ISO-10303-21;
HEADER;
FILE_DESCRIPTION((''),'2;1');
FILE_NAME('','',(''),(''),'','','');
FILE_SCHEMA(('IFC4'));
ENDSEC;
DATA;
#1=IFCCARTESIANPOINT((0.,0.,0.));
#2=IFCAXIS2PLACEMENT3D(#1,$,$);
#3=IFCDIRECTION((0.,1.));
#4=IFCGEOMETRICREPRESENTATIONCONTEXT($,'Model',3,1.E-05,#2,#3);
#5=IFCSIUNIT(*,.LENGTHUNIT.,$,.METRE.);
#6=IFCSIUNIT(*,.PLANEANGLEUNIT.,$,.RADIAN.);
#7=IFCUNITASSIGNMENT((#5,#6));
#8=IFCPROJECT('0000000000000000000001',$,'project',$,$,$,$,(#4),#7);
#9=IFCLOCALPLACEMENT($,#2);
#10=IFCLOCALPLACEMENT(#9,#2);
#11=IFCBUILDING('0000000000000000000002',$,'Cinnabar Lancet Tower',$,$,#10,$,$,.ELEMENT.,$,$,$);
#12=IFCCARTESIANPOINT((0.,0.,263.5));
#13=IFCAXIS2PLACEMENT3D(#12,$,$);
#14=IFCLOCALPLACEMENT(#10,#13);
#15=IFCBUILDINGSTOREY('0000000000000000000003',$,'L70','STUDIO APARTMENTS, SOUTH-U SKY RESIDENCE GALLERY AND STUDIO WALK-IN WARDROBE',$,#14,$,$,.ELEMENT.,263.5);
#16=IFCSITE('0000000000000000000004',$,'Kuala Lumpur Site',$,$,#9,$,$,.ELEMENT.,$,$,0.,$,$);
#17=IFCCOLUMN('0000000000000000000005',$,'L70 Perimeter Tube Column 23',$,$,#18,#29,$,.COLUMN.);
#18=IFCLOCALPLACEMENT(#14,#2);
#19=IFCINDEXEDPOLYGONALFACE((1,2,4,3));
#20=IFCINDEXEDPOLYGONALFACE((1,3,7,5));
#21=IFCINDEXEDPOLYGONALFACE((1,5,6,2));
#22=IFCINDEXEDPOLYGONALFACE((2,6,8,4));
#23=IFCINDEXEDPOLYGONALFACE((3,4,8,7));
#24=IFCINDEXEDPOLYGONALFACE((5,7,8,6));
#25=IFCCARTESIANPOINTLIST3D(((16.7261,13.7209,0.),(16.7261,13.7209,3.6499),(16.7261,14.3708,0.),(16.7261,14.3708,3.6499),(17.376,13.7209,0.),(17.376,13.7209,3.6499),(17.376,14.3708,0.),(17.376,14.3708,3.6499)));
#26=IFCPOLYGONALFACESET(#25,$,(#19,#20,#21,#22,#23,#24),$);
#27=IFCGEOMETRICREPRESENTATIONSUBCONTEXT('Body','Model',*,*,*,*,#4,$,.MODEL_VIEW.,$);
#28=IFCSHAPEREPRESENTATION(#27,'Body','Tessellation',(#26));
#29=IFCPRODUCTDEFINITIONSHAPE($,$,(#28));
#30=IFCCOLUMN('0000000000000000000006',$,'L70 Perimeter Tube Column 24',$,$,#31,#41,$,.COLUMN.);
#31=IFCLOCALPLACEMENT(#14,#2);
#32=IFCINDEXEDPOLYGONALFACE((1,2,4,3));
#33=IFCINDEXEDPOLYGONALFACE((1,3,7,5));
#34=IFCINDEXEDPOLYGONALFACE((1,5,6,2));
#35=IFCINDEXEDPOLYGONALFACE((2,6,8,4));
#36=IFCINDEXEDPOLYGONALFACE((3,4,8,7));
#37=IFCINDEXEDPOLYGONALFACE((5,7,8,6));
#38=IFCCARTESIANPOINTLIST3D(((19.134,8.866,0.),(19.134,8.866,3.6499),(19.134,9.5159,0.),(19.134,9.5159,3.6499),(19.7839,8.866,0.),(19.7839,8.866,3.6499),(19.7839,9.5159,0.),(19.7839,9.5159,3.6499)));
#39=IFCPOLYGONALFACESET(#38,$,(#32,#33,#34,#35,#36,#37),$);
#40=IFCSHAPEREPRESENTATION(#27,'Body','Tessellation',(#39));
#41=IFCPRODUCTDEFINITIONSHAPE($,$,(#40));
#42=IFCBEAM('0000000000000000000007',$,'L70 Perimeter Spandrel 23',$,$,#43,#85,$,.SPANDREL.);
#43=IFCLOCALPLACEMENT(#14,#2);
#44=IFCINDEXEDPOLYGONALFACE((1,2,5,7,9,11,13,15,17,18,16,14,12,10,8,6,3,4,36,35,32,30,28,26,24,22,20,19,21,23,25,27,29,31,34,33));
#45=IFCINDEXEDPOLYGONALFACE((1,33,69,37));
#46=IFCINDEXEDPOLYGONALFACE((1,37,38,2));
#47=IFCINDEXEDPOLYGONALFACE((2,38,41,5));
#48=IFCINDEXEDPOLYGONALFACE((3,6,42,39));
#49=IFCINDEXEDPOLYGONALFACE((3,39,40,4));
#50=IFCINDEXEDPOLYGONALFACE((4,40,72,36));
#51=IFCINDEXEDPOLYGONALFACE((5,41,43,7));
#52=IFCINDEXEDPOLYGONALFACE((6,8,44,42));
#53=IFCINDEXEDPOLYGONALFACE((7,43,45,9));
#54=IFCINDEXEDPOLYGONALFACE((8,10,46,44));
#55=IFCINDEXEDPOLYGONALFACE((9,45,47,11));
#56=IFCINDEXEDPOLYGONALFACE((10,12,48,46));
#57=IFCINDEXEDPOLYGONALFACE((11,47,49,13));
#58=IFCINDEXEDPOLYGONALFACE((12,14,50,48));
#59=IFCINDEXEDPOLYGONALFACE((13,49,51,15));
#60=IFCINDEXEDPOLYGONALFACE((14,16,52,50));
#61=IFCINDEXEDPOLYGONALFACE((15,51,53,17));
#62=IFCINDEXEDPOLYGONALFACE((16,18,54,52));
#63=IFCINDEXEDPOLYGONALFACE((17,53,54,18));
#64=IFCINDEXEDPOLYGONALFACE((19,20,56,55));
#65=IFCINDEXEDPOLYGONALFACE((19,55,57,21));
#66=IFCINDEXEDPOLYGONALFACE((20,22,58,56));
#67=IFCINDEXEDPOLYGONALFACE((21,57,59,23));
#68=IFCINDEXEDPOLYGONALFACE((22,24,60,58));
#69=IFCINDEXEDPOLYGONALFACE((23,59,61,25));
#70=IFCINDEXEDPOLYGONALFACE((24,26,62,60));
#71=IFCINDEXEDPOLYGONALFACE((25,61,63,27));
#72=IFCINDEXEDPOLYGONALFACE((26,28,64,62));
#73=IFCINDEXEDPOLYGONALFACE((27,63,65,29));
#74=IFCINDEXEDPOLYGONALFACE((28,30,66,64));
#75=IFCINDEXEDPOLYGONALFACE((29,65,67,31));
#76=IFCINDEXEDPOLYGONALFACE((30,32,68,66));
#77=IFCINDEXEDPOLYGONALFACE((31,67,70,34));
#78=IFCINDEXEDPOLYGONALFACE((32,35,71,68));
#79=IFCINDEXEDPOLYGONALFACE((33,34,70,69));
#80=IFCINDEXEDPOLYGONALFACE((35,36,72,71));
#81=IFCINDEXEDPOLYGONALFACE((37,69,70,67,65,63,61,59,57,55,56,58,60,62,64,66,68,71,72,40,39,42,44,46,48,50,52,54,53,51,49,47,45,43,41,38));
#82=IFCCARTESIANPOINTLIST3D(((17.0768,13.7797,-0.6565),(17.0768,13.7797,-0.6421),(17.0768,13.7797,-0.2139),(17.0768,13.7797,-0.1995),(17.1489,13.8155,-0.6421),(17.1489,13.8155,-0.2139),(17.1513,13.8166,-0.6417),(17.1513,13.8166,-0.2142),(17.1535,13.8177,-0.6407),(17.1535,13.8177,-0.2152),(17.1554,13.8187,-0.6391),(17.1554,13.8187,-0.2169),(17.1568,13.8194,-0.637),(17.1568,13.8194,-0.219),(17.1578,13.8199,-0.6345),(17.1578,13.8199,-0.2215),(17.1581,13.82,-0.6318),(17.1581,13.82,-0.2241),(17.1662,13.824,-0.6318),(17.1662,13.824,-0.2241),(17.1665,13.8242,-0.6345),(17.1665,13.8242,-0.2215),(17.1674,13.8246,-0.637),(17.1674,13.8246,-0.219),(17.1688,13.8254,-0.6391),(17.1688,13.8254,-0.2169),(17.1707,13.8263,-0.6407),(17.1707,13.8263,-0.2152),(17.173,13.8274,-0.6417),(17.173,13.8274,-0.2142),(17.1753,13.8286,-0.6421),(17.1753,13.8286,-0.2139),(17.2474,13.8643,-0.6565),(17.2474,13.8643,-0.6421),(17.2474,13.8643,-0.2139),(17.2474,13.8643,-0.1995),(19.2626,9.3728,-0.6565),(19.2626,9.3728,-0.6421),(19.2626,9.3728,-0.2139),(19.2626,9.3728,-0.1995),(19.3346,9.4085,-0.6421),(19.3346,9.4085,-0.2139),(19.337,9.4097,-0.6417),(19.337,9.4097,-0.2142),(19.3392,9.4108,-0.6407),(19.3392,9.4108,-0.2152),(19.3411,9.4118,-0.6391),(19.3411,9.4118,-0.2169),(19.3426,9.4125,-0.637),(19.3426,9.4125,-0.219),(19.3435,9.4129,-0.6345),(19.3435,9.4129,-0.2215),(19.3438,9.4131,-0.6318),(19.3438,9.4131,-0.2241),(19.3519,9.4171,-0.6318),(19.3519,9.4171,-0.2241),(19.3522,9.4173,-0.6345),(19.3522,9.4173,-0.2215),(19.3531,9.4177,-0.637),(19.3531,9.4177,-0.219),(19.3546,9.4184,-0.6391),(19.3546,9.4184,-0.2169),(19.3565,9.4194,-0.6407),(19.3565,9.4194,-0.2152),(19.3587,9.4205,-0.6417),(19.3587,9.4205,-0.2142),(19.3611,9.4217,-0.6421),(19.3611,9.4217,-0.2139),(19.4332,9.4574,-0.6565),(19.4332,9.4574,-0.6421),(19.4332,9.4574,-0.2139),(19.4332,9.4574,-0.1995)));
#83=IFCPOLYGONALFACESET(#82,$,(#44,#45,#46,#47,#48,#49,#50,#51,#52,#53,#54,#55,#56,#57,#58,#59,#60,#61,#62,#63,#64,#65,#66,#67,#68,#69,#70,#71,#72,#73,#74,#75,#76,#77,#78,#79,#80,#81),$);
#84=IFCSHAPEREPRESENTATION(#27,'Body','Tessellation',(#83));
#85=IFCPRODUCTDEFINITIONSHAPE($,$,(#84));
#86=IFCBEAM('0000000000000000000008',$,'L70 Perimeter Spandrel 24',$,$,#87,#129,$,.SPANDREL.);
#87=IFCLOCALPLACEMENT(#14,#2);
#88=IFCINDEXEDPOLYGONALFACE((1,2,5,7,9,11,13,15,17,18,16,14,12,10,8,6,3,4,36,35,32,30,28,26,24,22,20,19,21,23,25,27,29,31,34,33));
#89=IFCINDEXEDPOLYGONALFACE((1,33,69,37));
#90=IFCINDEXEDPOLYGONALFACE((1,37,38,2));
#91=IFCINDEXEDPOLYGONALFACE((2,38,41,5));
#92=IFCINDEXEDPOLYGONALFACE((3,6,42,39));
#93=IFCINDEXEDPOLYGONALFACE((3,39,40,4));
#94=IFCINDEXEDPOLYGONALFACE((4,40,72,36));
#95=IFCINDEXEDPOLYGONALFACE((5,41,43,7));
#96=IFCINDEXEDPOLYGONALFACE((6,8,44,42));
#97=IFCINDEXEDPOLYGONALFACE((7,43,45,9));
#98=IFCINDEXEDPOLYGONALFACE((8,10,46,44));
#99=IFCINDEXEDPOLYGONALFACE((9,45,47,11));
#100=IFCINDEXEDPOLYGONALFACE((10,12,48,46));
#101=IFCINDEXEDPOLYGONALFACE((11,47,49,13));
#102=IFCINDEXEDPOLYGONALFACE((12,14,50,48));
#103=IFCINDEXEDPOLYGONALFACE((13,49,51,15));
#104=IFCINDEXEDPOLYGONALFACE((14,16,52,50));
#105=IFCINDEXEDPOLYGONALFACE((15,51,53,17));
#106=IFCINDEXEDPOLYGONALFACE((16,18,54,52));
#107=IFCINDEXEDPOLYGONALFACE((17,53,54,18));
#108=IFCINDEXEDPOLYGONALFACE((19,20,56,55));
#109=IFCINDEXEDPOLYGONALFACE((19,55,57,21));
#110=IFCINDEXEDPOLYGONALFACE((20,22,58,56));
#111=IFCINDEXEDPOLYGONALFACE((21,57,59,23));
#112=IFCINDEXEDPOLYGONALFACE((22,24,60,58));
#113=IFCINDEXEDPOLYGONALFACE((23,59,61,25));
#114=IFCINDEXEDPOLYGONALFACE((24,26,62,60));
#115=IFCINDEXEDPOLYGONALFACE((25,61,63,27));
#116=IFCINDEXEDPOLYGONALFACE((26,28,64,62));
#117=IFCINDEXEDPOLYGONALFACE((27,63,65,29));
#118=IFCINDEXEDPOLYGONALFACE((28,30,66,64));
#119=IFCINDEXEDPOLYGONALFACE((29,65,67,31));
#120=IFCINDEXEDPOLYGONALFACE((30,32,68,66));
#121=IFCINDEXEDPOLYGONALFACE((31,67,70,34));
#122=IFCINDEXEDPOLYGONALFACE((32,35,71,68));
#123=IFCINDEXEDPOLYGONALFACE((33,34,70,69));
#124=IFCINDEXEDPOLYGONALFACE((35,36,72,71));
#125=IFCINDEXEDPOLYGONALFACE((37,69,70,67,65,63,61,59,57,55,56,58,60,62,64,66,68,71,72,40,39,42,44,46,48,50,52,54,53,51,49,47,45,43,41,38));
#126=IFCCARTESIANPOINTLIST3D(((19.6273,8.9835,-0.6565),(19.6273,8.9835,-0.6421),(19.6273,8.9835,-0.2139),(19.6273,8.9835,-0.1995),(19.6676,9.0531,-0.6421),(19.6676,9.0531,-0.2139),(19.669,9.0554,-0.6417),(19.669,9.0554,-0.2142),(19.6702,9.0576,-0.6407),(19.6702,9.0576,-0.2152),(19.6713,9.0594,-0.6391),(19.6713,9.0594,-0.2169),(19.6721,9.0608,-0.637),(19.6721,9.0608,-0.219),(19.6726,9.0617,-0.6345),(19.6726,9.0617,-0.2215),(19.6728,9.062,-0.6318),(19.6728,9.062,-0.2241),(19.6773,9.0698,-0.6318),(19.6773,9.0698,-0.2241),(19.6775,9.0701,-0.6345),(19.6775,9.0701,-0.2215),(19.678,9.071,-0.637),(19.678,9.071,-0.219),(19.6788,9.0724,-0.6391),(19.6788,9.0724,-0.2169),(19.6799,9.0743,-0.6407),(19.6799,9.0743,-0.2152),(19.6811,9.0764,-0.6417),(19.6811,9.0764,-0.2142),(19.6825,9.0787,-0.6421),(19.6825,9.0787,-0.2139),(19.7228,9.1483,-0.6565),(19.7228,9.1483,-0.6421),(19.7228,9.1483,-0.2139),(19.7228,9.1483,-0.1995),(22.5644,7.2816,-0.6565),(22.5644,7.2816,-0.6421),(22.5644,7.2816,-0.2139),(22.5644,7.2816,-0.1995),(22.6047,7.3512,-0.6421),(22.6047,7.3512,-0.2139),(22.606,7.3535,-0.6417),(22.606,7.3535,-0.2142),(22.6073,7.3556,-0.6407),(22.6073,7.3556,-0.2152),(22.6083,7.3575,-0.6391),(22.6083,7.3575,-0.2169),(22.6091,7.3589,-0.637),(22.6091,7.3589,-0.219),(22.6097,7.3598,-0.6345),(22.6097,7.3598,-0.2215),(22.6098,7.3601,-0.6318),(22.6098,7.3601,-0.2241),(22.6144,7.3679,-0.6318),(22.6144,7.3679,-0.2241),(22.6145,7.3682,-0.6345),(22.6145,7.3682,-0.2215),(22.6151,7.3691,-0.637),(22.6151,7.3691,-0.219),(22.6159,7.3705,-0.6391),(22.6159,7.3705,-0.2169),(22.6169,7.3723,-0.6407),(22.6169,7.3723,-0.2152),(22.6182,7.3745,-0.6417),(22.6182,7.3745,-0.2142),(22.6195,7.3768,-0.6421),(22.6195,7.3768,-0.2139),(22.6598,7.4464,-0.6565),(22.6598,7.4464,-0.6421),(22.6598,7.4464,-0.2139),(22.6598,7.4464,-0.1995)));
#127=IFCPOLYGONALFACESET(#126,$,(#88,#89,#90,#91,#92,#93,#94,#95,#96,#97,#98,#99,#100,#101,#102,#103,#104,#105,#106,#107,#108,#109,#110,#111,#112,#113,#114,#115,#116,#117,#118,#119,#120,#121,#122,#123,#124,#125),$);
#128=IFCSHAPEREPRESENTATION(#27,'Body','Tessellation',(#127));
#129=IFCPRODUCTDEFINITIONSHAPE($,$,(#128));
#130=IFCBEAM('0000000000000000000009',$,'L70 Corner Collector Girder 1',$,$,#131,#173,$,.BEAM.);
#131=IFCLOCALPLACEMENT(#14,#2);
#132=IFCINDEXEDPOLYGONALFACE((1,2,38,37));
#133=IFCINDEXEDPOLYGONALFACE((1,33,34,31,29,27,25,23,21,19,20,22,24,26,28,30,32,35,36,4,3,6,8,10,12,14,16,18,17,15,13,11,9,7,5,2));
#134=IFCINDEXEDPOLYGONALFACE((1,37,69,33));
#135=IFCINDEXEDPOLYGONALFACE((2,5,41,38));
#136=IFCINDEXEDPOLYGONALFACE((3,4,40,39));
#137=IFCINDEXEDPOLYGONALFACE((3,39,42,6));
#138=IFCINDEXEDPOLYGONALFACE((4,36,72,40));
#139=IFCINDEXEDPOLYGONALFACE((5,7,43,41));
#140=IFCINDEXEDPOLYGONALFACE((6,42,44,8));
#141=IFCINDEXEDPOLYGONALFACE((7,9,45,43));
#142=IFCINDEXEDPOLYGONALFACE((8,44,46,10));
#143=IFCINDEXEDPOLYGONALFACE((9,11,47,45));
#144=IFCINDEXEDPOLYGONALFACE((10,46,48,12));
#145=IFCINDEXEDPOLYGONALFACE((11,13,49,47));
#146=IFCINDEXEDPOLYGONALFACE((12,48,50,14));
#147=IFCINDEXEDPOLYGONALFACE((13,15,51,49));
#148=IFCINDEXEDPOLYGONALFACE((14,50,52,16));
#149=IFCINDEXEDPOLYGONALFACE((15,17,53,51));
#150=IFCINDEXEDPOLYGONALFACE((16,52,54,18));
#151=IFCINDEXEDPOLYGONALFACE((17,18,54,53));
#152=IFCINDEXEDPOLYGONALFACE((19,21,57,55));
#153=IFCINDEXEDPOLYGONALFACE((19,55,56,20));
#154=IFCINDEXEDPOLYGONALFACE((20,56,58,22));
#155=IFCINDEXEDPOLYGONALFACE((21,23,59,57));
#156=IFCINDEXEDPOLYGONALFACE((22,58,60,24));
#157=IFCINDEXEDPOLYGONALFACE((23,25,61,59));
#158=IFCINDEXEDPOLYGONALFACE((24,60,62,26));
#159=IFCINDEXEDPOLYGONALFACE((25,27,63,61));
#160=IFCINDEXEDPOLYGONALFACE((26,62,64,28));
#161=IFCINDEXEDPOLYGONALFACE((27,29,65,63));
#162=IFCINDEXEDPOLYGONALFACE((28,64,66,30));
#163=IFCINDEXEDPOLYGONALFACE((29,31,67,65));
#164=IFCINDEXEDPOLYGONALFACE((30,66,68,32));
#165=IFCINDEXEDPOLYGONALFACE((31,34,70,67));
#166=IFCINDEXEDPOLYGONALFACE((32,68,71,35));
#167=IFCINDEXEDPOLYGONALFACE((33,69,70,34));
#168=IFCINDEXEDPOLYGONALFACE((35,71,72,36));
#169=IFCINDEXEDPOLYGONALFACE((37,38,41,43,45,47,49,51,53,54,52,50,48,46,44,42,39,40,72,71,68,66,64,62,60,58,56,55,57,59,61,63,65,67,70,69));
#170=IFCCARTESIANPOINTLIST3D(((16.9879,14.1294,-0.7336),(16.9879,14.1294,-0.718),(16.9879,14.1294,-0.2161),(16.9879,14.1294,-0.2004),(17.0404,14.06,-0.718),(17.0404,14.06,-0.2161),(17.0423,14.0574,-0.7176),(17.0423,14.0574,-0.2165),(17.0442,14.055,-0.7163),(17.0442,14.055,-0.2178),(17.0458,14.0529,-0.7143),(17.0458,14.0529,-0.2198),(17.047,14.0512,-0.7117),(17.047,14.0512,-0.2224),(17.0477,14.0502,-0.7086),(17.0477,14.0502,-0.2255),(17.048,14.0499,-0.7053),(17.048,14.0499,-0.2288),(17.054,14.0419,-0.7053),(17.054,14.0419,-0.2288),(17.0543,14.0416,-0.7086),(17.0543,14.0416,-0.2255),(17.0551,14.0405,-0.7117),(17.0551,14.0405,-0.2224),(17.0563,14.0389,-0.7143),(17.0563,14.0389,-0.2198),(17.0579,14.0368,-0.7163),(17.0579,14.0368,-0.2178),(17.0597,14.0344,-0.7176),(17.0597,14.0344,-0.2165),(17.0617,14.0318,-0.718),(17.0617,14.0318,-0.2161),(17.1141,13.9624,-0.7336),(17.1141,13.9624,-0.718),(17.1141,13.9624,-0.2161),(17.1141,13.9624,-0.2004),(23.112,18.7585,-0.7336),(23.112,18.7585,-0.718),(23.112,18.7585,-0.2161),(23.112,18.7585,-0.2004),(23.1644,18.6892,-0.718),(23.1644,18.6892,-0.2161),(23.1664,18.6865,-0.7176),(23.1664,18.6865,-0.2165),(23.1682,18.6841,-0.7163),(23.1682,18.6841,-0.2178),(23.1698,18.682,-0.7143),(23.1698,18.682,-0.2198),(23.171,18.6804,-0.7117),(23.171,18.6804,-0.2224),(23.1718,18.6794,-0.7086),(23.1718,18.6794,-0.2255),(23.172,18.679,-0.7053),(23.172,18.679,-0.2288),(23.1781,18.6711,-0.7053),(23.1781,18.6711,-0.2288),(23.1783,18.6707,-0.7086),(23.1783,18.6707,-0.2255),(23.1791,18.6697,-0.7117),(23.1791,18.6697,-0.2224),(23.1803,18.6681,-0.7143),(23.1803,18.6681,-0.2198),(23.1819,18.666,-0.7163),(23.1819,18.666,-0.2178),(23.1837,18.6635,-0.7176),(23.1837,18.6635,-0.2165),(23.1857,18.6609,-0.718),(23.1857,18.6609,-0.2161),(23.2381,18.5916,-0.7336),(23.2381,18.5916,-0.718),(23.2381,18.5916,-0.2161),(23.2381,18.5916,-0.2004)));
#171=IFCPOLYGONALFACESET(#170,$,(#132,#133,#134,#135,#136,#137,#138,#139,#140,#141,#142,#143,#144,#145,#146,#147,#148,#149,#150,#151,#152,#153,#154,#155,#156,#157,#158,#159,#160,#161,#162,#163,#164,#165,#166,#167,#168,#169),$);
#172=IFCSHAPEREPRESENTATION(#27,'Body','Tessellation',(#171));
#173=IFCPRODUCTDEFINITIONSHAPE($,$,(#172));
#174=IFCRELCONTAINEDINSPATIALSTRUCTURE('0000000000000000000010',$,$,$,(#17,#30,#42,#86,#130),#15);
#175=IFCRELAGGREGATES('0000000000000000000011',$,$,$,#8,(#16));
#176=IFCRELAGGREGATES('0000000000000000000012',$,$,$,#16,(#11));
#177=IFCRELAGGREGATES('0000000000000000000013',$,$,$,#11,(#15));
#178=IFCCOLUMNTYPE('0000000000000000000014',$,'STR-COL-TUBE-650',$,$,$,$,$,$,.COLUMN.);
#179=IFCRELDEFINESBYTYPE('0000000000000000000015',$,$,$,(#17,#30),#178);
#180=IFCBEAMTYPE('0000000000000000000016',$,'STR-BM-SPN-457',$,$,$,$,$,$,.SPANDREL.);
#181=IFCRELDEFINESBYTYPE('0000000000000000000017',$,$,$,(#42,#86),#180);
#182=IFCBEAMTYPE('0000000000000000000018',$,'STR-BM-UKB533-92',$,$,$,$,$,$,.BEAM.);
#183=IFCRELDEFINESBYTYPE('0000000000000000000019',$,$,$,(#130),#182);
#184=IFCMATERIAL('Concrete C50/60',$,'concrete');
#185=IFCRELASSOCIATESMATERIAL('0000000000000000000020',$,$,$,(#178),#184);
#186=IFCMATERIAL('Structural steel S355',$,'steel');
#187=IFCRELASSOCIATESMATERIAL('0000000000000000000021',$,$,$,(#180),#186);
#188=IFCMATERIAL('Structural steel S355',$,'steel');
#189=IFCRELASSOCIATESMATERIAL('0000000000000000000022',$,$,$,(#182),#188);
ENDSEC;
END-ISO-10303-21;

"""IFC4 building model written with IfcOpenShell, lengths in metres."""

from ifc_helpers import new_model, si_unit, direction, frame, origin, origin_2d, place, context, subcontext, project, spatial, rectangle, i_section, extrude, material, material_profile, profile_set, type_object, element, save


model = new_model("IFC4")

# Units and contexts
model_context = context("Model", 3, precision=1e-05, world=origin(), true_north=direction((0.0, 1.0)))
body_context = subcontext(model_context, "Body", "Model", "MODEL_VIEW")
ifc_project = project(units=[si_unit("LENGTHUNIT", "METRE"), si_unit("PLANEANGLEUNIT", "RADIAN")], contexts=[model_context])

# Site, building, storey
site_placement = place(None, origin())
site = spatial("IfcSite", under=ifc_project, at=site_placement, Name="Kuala Lumpur Site", CompositionType="ELEMENT", RefElevation=0.0)
building_placement = place(site_placement, origin())
building = spatial("IfcBuilding", under=site, at=building_placement, Name="Cinnabar Lancet Tower", CompositionType="ELEMENT")
storey_placement = place(building_placement, frame((0.0, 0.0, 263.5)))
storey = spatial("IfcBuildingStorey", under=building, at=storey_placement, Name="L70", Description="STUDIO APARTMENTS, SOUTH-U SKY RESIDENCE GALLERY AND STUDIO WALK-IN WARDROBE", CompositionType="ELEMENT", Elevation=263.5)

# Columns
ifc_material_1 = material(Name="Concrete C50/60", Category="concrete")
ifc_material_profile_1 = material_profile(ifc_material_1, rectangle(XDim=0.6499, YDim=0.6499, at=origin_2d()), Name="RC-COL 650x650")
ifc_profile_set_1 = profile_set([ifc_material_profile_1], Name="Concrete C50/60")
column_type = type_object("IfcColumnType", Name="STR-COL-TUBE-650", PredefinedType="COLUMN", material=ifc_profile_set_1)
for number, where, z_axis, x_axis, name in (
    (1, (17.051, 14.0459, 0.0), (0.0, 0.0, 1.0), (1.0, 0.0, 0.0), "L70 Perimeter Tube Column 23"),
    (2, (19.459, 9.1909, 0.0), (0.0, 0.0, 1.0), (1.0, 0.0, 0.0), "L70 Perimeter Tube Column 24"),
):
    element("IfcColumn", number, at=place(storey_placement, frame(where, z_axis=z_axis, x_axis=x_axis)), inside=storey, type_object=column_type, Name=name, PredefinedType="COLUMN", context=body_context, shape_type="SweptSolid", body=[
        extrude(rectangle(XDim=0.6499, YDim=0.6499, at=origin_2d()), origin(), (0.0, 0.0, 1.0), 3.6499),
    ])

# Beams
ifc_material_2 = material(Name="Structural steel S355", Category="steel")
ifc_material_profile_2 = material_profile(ifc_material_2, i_section(OverallWidth=0.1904, OverallDepth=0.457, WebThickness=0.009, FlangeThickness=0.0144, FilletRadius=0.0103, at=origin_2d()), Name="UKB 457x191x74")
ifc_profile_set_2 = profile_set([ifc_material_profile_2], Name="Structural steel S355")
beam_type_1 = type_object("IfcBeamType", Name="STR-BM-SPN-457", PredefinedType="SPANDREL", material=ifc_profile_set_2)
beam_1_placement = place(storey_placement, frame((17.1621, 13.822, -0.428), z_axis=(0.444333, -0.895862, 0.0), x_axis=(0.895862, 0.444333, 0.0)))
element("IfcBeam", 3, at=beam_1_placement, inside=storey, type_object=beam_type_1, Name="L70 Perimeter Spandrel 23", PredefinedType="SPANDREL", context=body_context, shape_type="SweptSolid", body=[
    extrude(i_section(OverallWidth=0.1904, OverallDepth=0.457, WebThickness=0.009, FlangeThickness=0.0144, FilletRadius=0.0103, at=origin_2d()), origin(), (0.0, 0.0, 1.0), 4.9192),
])
beam_2_placement = place(storey_placement, frame((19.675, 9.0659, -0.428), z_axis=(0.865231, -0.501374, 0.0), x_axis=(0.501374, 0.865231, 0.0)))
element("IfcBeam", 4, at=beam_2_placement, inside=storey, type_object=beam_type_1, Name="L70 Perimeter Spandrel 24", PredefinedType="SPANDREL", context=body_context, shape_type="SweptSolid", body=[
    extrude(i_section(OverallWidth=0.1904, OverallDepth=0.457, WebThickness=0.009, FlangeThickness=0.0144, FilletRadius=0.0103, at=origin_2d()), origin(), (0.0, 0.0, 1.0), 3.3945),
])
ifc_material_3 = material(Name="Structural steel S355", Category="steel")
ifc_material_profile_3 = material_profile(ifc_material_3, i_section(OverallWidth=0.2092, OverallDepth=0.5332, WebThickness=0.01, FlangeThickness=0.0156, FilletRadius=0.0127, at=origin_2d()), Name="UKB 533x210x92")
ifc_profile_set_3 = profile_set([ifc_material_profile_3], Name="Structural steel S355")
beam_type_2 = type_object("IfcBeamType", Name="STR-BM-UKB533-92", PredefinedType="BEAM", material=ifc_profile_set_3)
beam_3_placement = place(storey_placement, frame((17.051, 14.0459, -0.467), z_axis=(0.797735, 0.603008, 0.0), x_axis=(-0.603008, 0.797735, 0.0)))
element("IfcBeam", 5, at=beam_3_placement, inside=storey, type_object=beam_type_2, Name="L70 Corner Collector Girder 1", PredefinedType="BEAM", context=body_context, shape_type="SweptSolid", body=[
    extrude(i_section(OverallWidth=0.2092, OverallDepth=0.5332, WebThickness=0.01, FlangeThickness=0.0156, FilletRadius=0.0127, at=origin_2d()), origin(), (0.0, 0.0, 1.0), 7.6768),
])

save(model, "model.ifc")
